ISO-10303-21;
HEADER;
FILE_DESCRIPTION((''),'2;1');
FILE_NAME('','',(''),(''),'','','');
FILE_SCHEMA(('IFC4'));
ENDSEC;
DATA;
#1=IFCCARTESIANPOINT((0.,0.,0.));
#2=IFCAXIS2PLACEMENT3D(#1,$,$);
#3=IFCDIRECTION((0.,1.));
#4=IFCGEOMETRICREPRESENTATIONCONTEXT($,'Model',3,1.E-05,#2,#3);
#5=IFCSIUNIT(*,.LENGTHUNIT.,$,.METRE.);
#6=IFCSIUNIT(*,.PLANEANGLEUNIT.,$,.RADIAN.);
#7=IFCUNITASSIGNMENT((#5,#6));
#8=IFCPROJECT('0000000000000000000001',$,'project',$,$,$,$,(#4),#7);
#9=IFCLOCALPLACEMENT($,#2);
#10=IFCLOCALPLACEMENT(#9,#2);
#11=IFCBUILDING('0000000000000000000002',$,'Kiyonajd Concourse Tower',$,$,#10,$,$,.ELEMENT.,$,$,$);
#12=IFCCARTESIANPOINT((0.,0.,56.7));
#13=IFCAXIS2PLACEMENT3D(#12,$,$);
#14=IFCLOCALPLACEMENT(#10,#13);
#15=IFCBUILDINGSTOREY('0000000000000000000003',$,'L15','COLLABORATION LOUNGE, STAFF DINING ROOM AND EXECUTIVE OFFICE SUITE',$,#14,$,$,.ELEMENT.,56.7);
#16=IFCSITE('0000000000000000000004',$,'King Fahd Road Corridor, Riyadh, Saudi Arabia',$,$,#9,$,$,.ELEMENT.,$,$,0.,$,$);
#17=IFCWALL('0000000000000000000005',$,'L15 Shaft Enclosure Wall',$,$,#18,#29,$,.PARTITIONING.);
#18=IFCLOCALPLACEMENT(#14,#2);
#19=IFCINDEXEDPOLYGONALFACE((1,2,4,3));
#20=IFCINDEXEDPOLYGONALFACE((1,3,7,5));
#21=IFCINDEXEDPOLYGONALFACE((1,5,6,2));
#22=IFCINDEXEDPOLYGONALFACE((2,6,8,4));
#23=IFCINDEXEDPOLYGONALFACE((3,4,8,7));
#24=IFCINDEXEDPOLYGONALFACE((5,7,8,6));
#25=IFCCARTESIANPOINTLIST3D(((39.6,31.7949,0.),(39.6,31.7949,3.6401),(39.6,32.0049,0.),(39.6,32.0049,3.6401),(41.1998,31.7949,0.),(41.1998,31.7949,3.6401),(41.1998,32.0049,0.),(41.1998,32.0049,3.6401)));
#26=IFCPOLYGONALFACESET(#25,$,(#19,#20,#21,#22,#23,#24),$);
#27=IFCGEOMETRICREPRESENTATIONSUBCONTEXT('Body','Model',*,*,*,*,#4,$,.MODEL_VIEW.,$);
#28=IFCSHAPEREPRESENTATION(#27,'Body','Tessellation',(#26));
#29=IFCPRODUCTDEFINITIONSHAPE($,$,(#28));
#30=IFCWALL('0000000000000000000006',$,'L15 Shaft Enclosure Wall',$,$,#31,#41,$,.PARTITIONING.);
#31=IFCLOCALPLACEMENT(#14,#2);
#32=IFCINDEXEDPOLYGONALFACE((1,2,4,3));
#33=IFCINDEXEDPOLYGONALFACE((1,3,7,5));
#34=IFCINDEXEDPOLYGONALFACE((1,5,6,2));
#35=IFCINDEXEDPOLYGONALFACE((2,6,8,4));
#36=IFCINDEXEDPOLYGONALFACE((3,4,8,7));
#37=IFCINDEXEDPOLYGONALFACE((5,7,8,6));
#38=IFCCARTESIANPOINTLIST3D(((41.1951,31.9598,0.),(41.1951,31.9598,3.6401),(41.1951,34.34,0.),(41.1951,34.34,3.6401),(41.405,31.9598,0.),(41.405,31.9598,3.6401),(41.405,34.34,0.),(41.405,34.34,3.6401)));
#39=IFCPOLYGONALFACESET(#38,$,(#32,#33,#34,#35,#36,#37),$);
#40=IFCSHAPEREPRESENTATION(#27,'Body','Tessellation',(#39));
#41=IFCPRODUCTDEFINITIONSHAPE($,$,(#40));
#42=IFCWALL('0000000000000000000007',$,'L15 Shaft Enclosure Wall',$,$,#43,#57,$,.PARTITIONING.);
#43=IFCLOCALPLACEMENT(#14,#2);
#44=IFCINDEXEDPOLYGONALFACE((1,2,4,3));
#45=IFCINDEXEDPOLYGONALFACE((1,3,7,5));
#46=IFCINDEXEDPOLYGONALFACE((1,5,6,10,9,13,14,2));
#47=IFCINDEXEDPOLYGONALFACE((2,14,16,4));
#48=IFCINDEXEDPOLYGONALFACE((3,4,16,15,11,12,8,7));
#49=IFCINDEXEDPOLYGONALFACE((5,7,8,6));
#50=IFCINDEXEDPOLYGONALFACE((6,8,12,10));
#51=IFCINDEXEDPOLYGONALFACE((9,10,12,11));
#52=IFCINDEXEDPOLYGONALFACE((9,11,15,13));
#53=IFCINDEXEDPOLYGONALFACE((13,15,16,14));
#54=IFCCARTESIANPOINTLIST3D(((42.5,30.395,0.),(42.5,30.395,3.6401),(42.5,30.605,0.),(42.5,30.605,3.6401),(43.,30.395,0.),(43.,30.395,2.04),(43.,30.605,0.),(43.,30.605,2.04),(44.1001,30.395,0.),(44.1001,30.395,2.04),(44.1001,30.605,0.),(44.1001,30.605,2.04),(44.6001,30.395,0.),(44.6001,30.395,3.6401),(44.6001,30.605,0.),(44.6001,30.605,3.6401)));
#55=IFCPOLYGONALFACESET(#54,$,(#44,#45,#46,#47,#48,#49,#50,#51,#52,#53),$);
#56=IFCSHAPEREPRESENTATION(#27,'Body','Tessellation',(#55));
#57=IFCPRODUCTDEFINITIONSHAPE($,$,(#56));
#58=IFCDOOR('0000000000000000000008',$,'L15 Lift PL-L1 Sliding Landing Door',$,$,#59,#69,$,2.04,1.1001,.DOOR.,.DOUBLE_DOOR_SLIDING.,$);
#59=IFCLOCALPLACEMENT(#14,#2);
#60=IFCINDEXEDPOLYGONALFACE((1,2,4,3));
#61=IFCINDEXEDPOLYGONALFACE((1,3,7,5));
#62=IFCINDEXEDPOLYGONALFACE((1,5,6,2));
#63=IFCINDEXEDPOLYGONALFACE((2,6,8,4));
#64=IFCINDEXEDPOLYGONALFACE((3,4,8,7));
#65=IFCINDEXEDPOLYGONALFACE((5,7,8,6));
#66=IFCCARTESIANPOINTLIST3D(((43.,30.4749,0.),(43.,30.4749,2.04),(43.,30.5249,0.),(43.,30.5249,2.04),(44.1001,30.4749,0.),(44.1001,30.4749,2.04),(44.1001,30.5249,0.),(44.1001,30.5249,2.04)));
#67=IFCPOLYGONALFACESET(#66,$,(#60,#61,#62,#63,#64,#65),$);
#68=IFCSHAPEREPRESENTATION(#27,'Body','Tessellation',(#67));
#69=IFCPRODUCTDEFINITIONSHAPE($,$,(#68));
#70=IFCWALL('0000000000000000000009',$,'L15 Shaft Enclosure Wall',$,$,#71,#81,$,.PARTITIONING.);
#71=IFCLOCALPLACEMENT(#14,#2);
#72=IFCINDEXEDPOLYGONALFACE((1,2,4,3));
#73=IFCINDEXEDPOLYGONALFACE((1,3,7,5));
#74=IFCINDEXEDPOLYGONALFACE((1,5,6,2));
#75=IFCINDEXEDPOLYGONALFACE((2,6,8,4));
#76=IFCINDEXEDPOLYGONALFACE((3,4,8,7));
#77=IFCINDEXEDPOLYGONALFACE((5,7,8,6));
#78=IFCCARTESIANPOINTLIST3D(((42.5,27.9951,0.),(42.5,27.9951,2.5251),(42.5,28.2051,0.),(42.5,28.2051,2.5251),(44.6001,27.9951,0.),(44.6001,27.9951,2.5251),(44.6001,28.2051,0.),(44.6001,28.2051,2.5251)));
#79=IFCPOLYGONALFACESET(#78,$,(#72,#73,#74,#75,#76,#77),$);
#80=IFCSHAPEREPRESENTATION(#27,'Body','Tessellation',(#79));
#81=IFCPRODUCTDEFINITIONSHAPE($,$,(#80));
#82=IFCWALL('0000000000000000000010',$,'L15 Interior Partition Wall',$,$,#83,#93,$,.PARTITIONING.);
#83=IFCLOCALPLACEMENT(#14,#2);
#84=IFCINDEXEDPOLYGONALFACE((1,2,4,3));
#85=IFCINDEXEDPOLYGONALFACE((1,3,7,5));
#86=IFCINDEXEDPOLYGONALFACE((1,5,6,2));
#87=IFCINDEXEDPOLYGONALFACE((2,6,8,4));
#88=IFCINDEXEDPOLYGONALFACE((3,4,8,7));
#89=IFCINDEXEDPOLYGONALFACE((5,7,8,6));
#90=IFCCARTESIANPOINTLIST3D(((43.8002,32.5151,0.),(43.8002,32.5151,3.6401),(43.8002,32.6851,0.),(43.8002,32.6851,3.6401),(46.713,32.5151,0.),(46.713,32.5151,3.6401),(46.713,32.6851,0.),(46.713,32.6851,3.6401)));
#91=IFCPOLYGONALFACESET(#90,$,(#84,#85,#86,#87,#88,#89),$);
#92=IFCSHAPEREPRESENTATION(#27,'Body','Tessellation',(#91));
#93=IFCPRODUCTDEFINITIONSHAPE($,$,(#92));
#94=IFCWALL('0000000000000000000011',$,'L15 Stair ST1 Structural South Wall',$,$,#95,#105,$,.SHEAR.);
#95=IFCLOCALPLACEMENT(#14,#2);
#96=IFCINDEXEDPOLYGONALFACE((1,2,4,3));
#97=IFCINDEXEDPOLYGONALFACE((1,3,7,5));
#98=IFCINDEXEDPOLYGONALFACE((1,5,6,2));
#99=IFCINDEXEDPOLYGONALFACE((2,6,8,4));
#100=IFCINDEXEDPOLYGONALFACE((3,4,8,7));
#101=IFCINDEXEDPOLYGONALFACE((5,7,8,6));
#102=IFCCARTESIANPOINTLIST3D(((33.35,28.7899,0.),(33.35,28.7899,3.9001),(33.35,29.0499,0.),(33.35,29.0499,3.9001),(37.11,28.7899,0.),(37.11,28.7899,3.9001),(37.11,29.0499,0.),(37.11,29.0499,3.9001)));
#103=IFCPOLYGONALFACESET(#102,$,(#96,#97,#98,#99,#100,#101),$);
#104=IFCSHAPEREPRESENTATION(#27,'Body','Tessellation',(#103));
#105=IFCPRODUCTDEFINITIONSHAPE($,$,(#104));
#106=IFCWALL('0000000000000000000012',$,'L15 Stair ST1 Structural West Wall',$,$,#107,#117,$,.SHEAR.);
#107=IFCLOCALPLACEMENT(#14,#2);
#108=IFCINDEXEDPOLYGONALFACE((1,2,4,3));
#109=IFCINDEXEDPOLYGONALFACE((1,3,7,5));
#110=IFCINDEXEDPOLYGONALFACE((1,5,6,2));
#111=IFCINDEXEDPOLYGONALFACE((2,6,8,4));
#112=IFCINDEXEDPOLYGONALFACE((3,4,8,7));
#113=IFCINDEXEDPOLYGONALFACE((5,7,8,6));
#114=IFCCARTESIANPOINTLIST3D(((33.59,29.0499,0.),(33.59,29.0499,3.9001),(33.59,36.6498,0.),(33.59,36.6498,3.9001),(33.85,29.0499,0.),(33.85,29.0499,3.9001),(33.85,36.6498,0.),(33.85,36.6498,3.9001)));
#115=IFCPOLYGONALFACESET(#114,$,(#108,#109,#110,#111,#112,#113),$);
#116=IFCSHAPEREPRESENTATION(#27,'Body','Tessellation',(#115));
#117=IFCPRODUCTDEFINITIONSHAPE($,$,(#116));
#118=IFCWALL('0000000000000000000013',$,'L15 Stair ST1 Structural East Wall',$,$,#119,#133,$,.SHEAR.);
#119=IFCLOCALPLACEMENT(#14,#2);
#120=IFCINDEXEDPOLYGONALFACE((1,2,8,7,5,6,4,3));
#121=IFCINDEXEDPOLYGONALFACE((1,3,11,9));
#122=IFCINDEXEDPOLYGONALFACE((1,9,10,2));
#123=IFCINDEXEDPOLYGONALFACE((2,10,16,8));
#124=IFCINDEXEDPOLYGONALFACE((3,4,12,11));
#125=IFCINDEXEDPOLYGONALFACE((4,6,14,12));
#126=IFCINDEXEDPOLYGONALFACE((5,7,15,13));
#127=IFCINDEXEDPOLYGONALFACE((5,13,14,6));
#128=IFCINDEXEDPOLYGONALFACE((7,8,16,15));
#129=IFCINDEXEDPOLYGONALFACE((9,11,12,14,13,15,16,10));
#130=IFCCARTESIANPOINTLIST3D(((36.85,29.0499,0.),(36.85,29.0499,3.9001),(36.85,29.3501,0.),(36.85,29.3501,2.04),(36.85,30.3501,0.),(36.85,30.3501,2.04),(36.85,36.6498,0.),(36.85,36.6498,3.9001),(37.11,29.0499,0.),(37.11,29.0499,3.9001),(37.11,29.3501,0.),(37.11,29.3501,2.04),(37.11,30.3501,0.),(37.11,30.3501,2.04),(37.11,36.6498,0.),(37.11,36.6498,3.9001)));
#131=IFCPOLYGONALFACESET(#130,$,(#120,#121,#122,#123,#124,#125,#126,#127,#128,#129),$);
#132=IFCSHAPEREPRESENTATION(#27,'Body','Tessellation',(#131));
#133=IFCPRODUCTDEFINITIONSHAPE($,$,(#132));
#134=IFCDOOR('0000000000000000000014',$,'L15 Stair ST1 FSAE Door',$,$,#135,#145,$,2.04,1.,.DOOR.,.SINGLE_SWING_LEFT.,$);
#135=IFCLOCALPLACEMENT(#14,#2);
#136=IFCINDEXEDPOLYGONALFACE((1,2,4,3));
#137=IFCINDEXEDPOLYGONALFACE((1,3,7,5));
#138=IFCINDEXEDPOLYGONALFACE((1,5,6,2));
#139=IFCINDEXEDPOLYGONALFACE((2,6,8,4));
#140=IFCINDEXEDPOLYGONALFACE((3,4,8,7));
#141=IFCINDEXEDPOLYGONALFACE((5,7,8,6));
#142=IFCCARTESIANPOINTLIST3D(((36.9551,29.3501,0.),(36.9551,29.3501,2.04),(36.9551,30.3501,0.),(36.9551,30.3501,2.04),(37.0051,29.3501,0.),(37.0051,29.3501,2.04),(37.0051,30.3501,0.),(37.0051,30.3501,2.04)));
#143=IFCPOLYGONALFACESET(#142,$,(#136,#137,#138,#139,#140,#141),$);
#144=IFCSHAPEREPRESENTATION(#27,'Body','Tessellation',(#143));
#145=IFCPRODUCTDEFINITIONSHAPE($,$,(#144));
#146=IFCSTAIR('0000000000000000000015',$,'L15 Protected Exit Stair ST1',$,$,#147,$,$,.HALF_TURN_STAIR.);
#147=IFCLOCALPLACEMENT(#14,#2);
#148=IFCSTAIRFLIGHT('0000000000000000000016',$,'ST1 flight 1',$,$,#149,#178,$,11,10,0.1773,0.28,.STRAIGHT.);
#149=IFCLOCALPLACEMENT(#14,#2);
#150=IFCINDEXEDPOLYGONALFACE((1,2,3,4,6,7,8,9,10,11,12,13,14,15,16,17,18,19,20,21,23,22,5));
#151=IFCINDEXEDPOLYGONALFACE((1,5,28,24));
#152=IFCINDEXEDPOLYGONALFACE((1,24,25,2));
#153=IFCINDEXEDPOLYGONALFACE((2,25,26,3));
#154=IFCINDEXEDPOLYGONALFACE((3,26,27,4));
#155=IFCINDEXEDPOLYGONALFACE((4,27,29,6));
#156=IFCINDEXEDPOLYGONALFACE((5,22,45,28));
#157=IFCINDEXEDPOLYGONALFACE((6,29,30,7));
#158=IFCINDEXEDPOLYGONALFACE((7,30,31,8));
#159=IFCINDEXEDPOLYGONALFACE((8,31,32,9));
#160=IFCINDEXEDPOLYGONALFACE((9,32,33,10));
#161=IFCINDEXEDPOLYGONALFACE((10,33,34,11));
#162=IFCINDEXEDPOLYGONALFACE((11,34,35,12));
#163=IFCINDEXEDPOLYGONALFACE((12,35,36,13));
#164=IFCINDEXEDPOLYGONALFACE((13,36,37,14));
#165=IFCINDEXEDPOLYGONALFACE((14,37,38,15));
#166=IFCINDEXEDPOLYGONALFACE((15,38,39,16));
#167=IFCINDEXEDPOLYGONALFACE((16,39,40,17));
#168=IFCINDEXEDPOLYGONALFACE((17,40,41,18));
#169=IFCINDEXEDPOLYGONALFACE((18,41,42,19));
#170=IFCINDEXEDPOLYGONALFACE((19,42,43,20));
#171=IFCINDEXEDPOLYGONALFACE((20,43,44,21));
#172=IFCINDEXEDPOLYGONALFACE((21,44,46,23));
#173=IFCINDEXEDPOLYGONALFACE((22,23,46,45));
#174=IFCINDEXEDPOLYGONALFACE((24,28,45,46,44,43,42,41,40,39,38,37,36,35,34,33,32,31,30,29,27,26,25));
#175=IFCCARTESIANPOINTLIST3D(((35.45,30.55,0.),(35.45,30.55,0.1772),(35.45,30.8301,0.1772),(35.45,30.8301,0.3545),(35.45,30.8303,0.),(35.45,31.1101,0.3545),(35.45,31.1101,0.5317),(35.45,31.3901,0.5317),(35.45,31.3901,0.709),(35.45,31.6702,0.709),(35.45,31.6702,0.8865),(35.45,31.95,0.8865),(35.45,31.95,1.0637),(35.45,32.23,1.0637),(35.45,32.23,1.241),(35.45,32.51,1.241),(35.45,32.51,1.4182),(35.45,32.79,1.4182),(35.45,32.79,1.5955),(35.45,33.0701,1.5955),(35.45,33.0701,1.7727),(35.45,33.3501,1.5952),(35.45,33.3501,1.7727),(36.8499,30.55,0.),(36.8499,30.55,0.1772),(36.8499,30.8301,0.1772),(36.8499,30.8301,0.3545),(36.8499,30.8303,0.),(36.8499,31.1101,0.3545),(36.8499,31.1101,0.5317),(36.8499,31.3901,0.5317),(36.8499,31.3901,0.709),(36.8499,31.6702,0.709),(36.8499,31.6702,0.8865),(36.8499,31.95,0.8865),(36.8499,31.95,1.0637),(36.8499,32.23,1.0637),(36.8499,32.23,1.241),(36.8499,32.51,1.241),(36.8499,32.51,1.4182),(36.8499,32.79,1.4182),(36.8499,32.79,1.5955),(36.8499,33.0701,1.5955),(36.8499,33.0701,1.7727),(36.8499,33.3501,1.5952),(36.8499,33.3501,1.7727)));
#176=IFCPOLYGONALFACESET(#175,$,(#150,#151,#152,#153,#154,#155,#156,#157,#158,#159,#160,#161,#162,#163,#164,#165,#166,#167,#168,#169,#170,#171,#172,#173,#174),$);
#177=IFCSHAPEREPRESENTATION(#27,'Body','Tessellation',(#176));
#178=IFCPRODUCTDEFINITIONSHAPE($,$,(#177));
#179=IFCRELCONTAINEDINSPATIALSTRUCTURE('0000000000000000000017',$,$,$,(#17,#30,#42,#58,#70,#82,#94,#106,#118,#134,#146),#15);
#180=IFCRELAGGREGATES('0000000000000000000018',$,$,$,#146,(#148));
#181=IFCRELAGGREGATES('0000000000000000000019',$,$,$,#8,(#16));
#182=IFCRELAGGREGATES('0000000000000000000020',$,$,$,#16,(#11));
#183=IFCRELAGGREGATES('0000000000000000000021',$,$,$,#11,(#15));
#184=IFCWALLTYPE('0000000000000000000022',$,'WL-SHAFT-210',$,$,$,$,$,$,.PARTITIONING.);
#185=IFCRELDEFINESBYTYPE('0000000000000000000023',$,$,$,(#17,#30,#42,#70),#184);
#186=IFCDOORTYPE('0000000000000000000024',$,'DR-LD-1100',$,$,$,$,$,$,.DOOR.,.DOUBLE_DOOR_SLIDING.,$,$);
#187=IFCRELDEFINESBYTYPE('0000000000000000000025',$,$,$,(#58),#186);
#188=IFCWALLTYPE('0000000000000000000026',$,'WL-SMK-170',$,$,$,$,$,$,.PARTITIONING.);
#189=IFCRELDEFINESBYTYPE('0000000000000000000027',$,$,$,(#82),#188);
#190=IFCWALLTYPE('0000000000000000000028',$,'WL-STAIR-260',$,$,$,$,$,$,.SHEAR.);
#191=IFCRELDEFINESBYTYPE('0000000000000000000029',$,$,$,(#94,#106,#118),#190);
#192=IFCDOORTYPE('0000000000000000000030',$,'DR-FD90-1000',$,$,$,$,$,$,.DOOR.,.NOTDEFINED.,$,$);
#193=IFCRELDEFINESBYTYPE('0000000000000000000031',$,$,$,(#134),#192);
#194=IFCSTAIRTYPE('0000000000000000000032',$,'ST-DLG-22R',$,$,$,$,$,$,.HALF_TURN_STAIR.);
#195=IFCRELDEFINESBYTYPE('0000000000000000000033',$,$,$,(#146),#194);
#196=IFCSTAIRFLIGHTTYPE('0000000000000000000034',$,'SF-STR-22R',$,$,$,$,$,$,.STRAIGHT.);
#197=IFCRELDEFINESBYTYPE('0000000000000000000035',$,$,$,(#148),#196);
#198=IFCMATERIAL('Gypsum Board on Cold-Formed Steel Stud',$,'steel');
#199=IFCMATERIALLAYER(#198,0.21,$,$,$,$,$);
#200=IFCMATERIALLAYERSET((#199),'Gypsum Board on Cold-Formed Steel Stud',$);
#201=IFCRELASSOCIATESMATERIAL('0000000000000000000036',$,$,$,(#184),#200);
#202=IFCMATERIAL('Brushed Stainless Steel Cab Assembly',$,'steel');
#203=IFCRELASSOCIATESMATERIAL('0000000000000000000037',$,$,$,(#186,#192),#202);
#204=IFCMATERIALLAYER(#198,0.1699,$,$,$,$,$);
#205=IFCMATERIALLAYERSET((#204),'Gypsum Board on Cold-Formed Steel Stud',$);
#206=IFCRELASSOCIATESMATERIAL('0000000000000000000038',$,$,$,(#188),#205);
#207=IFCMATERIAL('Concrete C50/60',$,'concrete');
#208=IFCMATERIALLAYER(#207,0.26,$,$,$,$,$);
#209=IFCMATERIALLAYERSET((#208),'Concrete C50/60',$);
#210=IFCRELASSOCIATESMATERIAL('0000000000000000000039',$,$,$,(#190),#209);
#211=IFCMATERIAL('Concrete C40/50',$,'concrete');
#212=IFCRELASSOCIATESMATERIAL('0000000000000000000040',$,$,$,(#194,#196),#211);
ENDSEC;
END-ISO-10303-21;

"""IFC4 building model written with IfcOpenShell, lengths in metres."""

from ifc_helpers import new_model, si_unit, direction, frame, frame_2d, origin, place, context, subcontext, project, spatial, polyline, rectangle, outline, extrude, material, layer, layer_set, type_object, element, fill, aggregate, save


model = new_model("IFC4")

# Units and contexts
model_context = context("Model", 3, precision=1e-05, world=origin(), true_north=direction((0.0, 1.0)))
body_context = subcontext(model_context, "Body", "Model", "MODEL_VIEW")
ifc_project = project(units=[si_unit("LENGTHUNIT", "METRE"), si_unit("PLANEANGLEUNIT", "RADIAN")], contexts=[model_context])

# Site, building, storey
site_placement = place(None, origin())
site = spatial("IfcSite", under=ifc_project, at=site_placement, Name="King Fahd Road Corridor, Riyadh, Saudi Arabia", CompositionType="ELEMENT", RefElevation=0.0)
building_placement = place(site_placement, origin())
building = spatial("IfcBuilding", under=site, at=building_placement, Name="Kiyonajd Concourse Tower", CompositionType="ELEMENT")
storey_placement = place(building_placement, frame((0.0, 0.0, 56.7)))
storey = spatial("IfcBuildingStorey", under=building, at=storey_placement, Name="L15", Description="COLLABORATION LOUNGE, STAFF DINING ROOM AND EXECUTIVE OFFICE SUITE", CompositionType="ELEMENT", Elevation=56.7)

# Shared definitions
ifc_material_1 = material(Name="Concrete C50/60", Category="concrete")

# Shared definitions
ifc_material_2 = material(Name="Brushed Stainless Steel Cab Assembly", Category="steel")

# Shared definitions
ifc_material_3 = material(Name="Gypsum Board on Cold-Formed Steel Stud", Category="steel")

# Shared definitions
ifc_layer_1 = layer(ifc_material_3, 0.21)
ifc_layer_set_1 = layer_set([ifc_layer_1], Name="Gypsum Board on Cold-Formed Steel Stud")
wall_type_1 = type_object("IfcWallType", Name="WL-SHAFT-210", PredefinedType="PARTITIONING", material=ifc_layer_set_1)

# Walls
wall_1_placement = place(storey_placement, frame((39.6001, 31.8999, 0.0), z_axis=(0.0, 0.0, 1.0), x_axis=(1.0, 0.0, 0.0)))
element("IfcWall", 1, at=wall_1_placement, inside=storey, type_object=wall_type_1, Name="L15 Shaft Enclosure Wall", PredefinedType="PARTITIONING", context=body_context, shape_type="SweptSolid", body=[
    extrude(rectangle(XDim=1.5999, YDim=0.21, at=frame_2d((0.7998, 0.0))), origin(), (0.0, 0.0, 1.0), 3.6401),
])
wall_2_placement = place(storey_placement, frame((41.3, 31.96, 0.0), z_axis=(0.0, 0.0, 1.0), x_axis=(0.0, 1.0, 0.0)))
element("IfcWall", 2, at=wall_2_placement, inside=storey, type_object=wall_type_1, Name="L15 Shaft Enclosure Wall", PredefinedType="PARTITIONING", context=body_context, shape_type="SweptSolid", body=[
    extrude(rectangle(XDim=2.3801, YDim=0.21, at=frame_2d((1.1899, 0.0))), origin(), (0.0, 0.0, 1.0), 3.6401),
])

# Wall, opening, door
wall_3_placement = place(storey_placement, frame((42.5, 30.5, 0.0), z_axis=(0.0, 0.0, 1.0), x_axis=(1.0, 0.0, 0.0)))
wall_3 = element("IfcWall", 3, at=wall_3_placement, inside=storey, type_object=wall_type_1, Name="L15 Shaft Enclosure Wall", PredefinedType="PARTITIONING", context=body_context, shape_type="SweptSolid", body=[
    extrude(rectangle(XDim=2.1001, YDim=0.21, at=frame_2d((1.05, 0.0))), origin(), (0.0, 0.0, 1.0), 3.6401),
])
opening_1_placement = place(wall_3_placement, frame((0.5, 0.0, 0.0)))
opening_1 = element("IfcOpeningElement", 4, at=opening_1_placement, cuts=wall_3, PredefinedType="OPENING", context=body_context, shape_type="SweptSolid", body=[
    extrude(rectangle(XDim=1.1001, YDim=2.04, at=frame_2d((0.55, 1.02))), frame((0.0, 0.115, 0.0), z_axis=(0.0, -1.0, 0.0), x_axis=(1.0, 0.0, 0.0)), (0.0, 0.0, 1.0), 0.23),
])
door_type_1 = type_object("IfcDoorType", Name="DR-LD-1100", OperationType="DOUBLE_DOOR_SLIDING", PredefinedType="DOOR", material=ifc_material_2)
door_1_placement = place(opening_1_placement, origin())
door_1 = element("IfcDoor", 5, at=door_1_placement, inside=storey, type_object=door_type_1, Name="L15 Lift PL-L1 Sliding Landing Door", OperationType="DOUBLE_DOOR_SLIDING", OverallHeight=2.04, OverallWidth=1.1001, PredefinedType="DOOR", context=body_context, shape_type="SweptSolid", body=[
    extrude(rectangle(XDim=1.1001, YDim=2.04, at=frame_2d((0.55, 1.02))), frame((0.0, 0.0249, 0.0), z_axis=(0.0, -1.0, 0.0), x_axis=(1.0, 0.0, 0.0)), (0.0, 0.0, 1.0), 0.05),
])
fill(opening_1, door_1)

# Walls
wall_4_placement = place(storey_placement, frame((42.5, 28.1001, 0.0), z_axis=(0.0, 0.0, 1.0), x_axis=(1.0, 0.0, 0.0)))
element("IfcWall", 6, at=wall_4_placement, inside=storey, type_object=wall_type_1, Name="L15 Shaft Enclosure Wall", PredefinedType="PARTITIONING", context=body_context, shape_type="SweptSolid", body=[
    extrude(rectangle(XDim=2.1001, YDim=0.21, at=frame_2d((1.05, 0.0))), origin(), (0.0, 0.0, 1.0), 2.5251),
])
ifc_layer_2 = layer(ifc_material_3, 0.1699)
ifc_layer_set_2 = layer_set([ifc_layer_2], Name="Gypsum Board on Cold-Formed Steel Stud")
wall_type_2 = type_object("IfcWallType", Name="WL-SMK-170", PredefinedType="PARTITIONING", material=ifc_layer_set_2)
wall_5_placement = place(storey_placement, frame((43.8, 32.6001, 0.0), z_axis=(0.0, 0.0, 1.0), x_axis=(1.0, 0.0, 0.0)))
element("IfcWall", 7, at=wall_5_placement, inside=storey, type_object=wall_type_2, Name="L15 Interior Partition Wall", PredefinedType="PARTITIONING", context=body_context, shape_type="SweptSolid", body=[
    extrude(rectangle(XDim=2.9128, YDim=0.1699, at=frame_2d((1.4565, 0.0))), origin(), (0.0, 0.0, 1.0), 3.6401),
])
ifc_layer_3 = layer(ifc_material_1, 0.26)
ifc_layer_set_3 = layer_set([ifc_layer_3], Name="Concrete C50/60")
wall_type_3 = type_object("IfcWallType", Name="WL-STAIR-260", PredefinedType="SHEAR", material=ifc_layer_set_3)
wall_6_placement = place(storey_placement, frame((33.3501, 28.9199, 0.0), z_axis=(0.0, 0.0, 1.0), x_axis=(1.0, 0.0, 0.0)))
element("IfcWall", 8, at=wall_6_placement, inside=storey, type_object=wall_type_3, Name="L15 Stair ST1 Structural South Wall", PredefinedType="SHEAR", context=body_context, shape_type="SweptSolid", body=[
    extrude(rectangle(XDim=3.76, YDim=0.26, at=frame_2d((1.8799, 0.0))), origin(), (0.0, 0.0, 1.0), 3.9001),
])
wall_7_placement = place(storey_placement, frame((33.72, 29.05, 0.0), z_axis=(0.0, 0.0, 1.0), x_axis=(0.0, 1.0, 0.0)))
element("IfcWall", 9, at=wall_7_placement, inside=storey, type_object=wall_type_3, Name="L15 Stair ST1 Structural West Wall", PredefinedType="SHEAR", context=body_context, shape_type="SweptSolid", body=[
    extrude(rectangle(XDim=7.5999, YDim=0.26, at=frame_2d((3.7998, 0.0))), origin(), (0.0, 0.0, 1.0), 3.9001),
])

# Wall, opening, door
wall_8_placement = place(storey_placement, frame((36.98, 29.05, 0.0), z_axis=(0.0, 0.0, 1.0), x_axis=(0.0, 1.0, 0.0)))
wall_8 = element("IfcWall", 10, at=wall_8_placement, inside=storey, type_object=wall_type_3, Name="L15 Stair ST1 Structural East Wall", PredefinedType="SHEAR", context=body_context, shape_type="SweptSolid", body=[
    extrude(rectangle(XDim=7.5999, YDim=0.26, at=frame_2d((3.7998, 0.0))), origin(), (0.0, 0.0, 1.0), 3.9001),
])
opening_2_placement = place(wall_8_placement, frame((0.3, 0.0, 0.0)))
opening_2 = element("IfcOpeningElement", 11, at=opening_2_placement, cuts=wall_8, PredefinedType="OPENING", context=body_context, shape_type="SweptSolid", body=[
    extrude(rectangle(XDim=1.0, YDim=2.04, at=frame_2d((0.5, 1.02))), frame((0.0, 0.1399, 0.0), z_axis=(0.0, -1.0, 0.0), x_axis=(1.0, 0.0, 0.0)), (0.0, 0.0, 1.0), 0.28),
])
door_type_2 = type_object("IfcDoorType", Name="DR-FD90-1000", OperationType="NOTDEFINED", PredefinedType="DOOR", material=ifc_material_2)
door_2_placement = place(opening_2_placement, origin())
door_2 = element("IfcDoor", 12, at=door_2_placement, inside=storey, type_object=door_type_2, Name="L15 Stair ST1 FSAE Door", OperationType="SINGLE_SWING_LEFT", OverallHeight=2.04, OverallWidth=1.0, PredefinedType="DOOR", context=body_context, shape_type="SweptSolid", body=[
    extrude(rectangle(XDim=1.0, YDim=2.04, at=frame_2d((0.5, 1.02))), frame((0.0, 0.0249, 0.0), z_axis=(0.0, -1.0, 0.0), x_axis=(1.0, 0.0, 0.0)), (0.0, 0.0, 1.0), 0.05),
])
fill(opening_2, door_2)

# Stair, stair flight
ifc_material_4 = material(Name="Concrete C40/50", Category="concrete")
stair_type = type_object("IfcStairType", Name="ST-DLG-22R", PredefinedType="HALF_TURN_STAIR", material=ifc_material_4)
stair_placement = place(storey_placement, origin())
stair = element("IfcStair", 13, at=stair_placement, inside=storey, type_object=stair_type, Name="L15 Protected Exit Stair ST1", PredefinedType="HALF_TURN_STAIR")
stair_flight_type = type_object("IfcStairFlightType", Name="SF-STR-22R", PredefinedType="STRAIGHT", material=ifc_material_4)
stair_flight_1_placement = place(storey_placement, frame((36.1499, 30.55, 0.0), z_axis=(0.0, 0.0, 1.0), x_axis=(0.0, 1.0, 0.0)))
stair_flight_1 = element("IfcStairFlight", 14, at=stair_flight_1_placement, type_object=stair_flight_type, Name="ST1 flight 1", NumberOfRisers=11, NumberOfTreads=10, PredefinedType="STRAIGHT", RiserHeight=0.1773, TreadLength=0.28, context=body_context, shape_type="SweptSolid", body=[
    extrude(outline(polyline([(0.0, 0.0), (0.0, 0.1772), (0.28, 0.1772), (0.28, 0.3545), (0.5601, 0.3545), (0.5601, 0.5317), (0.8401, 0.5317), (0.8401, 0.709), (1.1201, 0.709), (1.1201, 0.8865), (1.3999, 0.8865), (1.3999, 1.0637), (1.6799, 1.0637), (1.6799, 1.241), (1.96, 1.241), (1.96, 1.4182), (2.24, 1.4182), (2.24, 1.5955), (2.52, 1.5955), (2.52, 1.7727), (2.8, 1.7727), (2.8, 1.95), (2.8, 1.5952), (0.2803, 0.0), (0.0, 0.0)])), frame((0.0, 0.7, 0.0), z_axis=(0.0, -1.0, 0.0), x_axis=(1.0, 0.0, 0.0)), (0.0, 0.0, 1.0), 1.3999),
])
aggregate(stair, [stair_flight_1])

save(model, "model.ifc")
